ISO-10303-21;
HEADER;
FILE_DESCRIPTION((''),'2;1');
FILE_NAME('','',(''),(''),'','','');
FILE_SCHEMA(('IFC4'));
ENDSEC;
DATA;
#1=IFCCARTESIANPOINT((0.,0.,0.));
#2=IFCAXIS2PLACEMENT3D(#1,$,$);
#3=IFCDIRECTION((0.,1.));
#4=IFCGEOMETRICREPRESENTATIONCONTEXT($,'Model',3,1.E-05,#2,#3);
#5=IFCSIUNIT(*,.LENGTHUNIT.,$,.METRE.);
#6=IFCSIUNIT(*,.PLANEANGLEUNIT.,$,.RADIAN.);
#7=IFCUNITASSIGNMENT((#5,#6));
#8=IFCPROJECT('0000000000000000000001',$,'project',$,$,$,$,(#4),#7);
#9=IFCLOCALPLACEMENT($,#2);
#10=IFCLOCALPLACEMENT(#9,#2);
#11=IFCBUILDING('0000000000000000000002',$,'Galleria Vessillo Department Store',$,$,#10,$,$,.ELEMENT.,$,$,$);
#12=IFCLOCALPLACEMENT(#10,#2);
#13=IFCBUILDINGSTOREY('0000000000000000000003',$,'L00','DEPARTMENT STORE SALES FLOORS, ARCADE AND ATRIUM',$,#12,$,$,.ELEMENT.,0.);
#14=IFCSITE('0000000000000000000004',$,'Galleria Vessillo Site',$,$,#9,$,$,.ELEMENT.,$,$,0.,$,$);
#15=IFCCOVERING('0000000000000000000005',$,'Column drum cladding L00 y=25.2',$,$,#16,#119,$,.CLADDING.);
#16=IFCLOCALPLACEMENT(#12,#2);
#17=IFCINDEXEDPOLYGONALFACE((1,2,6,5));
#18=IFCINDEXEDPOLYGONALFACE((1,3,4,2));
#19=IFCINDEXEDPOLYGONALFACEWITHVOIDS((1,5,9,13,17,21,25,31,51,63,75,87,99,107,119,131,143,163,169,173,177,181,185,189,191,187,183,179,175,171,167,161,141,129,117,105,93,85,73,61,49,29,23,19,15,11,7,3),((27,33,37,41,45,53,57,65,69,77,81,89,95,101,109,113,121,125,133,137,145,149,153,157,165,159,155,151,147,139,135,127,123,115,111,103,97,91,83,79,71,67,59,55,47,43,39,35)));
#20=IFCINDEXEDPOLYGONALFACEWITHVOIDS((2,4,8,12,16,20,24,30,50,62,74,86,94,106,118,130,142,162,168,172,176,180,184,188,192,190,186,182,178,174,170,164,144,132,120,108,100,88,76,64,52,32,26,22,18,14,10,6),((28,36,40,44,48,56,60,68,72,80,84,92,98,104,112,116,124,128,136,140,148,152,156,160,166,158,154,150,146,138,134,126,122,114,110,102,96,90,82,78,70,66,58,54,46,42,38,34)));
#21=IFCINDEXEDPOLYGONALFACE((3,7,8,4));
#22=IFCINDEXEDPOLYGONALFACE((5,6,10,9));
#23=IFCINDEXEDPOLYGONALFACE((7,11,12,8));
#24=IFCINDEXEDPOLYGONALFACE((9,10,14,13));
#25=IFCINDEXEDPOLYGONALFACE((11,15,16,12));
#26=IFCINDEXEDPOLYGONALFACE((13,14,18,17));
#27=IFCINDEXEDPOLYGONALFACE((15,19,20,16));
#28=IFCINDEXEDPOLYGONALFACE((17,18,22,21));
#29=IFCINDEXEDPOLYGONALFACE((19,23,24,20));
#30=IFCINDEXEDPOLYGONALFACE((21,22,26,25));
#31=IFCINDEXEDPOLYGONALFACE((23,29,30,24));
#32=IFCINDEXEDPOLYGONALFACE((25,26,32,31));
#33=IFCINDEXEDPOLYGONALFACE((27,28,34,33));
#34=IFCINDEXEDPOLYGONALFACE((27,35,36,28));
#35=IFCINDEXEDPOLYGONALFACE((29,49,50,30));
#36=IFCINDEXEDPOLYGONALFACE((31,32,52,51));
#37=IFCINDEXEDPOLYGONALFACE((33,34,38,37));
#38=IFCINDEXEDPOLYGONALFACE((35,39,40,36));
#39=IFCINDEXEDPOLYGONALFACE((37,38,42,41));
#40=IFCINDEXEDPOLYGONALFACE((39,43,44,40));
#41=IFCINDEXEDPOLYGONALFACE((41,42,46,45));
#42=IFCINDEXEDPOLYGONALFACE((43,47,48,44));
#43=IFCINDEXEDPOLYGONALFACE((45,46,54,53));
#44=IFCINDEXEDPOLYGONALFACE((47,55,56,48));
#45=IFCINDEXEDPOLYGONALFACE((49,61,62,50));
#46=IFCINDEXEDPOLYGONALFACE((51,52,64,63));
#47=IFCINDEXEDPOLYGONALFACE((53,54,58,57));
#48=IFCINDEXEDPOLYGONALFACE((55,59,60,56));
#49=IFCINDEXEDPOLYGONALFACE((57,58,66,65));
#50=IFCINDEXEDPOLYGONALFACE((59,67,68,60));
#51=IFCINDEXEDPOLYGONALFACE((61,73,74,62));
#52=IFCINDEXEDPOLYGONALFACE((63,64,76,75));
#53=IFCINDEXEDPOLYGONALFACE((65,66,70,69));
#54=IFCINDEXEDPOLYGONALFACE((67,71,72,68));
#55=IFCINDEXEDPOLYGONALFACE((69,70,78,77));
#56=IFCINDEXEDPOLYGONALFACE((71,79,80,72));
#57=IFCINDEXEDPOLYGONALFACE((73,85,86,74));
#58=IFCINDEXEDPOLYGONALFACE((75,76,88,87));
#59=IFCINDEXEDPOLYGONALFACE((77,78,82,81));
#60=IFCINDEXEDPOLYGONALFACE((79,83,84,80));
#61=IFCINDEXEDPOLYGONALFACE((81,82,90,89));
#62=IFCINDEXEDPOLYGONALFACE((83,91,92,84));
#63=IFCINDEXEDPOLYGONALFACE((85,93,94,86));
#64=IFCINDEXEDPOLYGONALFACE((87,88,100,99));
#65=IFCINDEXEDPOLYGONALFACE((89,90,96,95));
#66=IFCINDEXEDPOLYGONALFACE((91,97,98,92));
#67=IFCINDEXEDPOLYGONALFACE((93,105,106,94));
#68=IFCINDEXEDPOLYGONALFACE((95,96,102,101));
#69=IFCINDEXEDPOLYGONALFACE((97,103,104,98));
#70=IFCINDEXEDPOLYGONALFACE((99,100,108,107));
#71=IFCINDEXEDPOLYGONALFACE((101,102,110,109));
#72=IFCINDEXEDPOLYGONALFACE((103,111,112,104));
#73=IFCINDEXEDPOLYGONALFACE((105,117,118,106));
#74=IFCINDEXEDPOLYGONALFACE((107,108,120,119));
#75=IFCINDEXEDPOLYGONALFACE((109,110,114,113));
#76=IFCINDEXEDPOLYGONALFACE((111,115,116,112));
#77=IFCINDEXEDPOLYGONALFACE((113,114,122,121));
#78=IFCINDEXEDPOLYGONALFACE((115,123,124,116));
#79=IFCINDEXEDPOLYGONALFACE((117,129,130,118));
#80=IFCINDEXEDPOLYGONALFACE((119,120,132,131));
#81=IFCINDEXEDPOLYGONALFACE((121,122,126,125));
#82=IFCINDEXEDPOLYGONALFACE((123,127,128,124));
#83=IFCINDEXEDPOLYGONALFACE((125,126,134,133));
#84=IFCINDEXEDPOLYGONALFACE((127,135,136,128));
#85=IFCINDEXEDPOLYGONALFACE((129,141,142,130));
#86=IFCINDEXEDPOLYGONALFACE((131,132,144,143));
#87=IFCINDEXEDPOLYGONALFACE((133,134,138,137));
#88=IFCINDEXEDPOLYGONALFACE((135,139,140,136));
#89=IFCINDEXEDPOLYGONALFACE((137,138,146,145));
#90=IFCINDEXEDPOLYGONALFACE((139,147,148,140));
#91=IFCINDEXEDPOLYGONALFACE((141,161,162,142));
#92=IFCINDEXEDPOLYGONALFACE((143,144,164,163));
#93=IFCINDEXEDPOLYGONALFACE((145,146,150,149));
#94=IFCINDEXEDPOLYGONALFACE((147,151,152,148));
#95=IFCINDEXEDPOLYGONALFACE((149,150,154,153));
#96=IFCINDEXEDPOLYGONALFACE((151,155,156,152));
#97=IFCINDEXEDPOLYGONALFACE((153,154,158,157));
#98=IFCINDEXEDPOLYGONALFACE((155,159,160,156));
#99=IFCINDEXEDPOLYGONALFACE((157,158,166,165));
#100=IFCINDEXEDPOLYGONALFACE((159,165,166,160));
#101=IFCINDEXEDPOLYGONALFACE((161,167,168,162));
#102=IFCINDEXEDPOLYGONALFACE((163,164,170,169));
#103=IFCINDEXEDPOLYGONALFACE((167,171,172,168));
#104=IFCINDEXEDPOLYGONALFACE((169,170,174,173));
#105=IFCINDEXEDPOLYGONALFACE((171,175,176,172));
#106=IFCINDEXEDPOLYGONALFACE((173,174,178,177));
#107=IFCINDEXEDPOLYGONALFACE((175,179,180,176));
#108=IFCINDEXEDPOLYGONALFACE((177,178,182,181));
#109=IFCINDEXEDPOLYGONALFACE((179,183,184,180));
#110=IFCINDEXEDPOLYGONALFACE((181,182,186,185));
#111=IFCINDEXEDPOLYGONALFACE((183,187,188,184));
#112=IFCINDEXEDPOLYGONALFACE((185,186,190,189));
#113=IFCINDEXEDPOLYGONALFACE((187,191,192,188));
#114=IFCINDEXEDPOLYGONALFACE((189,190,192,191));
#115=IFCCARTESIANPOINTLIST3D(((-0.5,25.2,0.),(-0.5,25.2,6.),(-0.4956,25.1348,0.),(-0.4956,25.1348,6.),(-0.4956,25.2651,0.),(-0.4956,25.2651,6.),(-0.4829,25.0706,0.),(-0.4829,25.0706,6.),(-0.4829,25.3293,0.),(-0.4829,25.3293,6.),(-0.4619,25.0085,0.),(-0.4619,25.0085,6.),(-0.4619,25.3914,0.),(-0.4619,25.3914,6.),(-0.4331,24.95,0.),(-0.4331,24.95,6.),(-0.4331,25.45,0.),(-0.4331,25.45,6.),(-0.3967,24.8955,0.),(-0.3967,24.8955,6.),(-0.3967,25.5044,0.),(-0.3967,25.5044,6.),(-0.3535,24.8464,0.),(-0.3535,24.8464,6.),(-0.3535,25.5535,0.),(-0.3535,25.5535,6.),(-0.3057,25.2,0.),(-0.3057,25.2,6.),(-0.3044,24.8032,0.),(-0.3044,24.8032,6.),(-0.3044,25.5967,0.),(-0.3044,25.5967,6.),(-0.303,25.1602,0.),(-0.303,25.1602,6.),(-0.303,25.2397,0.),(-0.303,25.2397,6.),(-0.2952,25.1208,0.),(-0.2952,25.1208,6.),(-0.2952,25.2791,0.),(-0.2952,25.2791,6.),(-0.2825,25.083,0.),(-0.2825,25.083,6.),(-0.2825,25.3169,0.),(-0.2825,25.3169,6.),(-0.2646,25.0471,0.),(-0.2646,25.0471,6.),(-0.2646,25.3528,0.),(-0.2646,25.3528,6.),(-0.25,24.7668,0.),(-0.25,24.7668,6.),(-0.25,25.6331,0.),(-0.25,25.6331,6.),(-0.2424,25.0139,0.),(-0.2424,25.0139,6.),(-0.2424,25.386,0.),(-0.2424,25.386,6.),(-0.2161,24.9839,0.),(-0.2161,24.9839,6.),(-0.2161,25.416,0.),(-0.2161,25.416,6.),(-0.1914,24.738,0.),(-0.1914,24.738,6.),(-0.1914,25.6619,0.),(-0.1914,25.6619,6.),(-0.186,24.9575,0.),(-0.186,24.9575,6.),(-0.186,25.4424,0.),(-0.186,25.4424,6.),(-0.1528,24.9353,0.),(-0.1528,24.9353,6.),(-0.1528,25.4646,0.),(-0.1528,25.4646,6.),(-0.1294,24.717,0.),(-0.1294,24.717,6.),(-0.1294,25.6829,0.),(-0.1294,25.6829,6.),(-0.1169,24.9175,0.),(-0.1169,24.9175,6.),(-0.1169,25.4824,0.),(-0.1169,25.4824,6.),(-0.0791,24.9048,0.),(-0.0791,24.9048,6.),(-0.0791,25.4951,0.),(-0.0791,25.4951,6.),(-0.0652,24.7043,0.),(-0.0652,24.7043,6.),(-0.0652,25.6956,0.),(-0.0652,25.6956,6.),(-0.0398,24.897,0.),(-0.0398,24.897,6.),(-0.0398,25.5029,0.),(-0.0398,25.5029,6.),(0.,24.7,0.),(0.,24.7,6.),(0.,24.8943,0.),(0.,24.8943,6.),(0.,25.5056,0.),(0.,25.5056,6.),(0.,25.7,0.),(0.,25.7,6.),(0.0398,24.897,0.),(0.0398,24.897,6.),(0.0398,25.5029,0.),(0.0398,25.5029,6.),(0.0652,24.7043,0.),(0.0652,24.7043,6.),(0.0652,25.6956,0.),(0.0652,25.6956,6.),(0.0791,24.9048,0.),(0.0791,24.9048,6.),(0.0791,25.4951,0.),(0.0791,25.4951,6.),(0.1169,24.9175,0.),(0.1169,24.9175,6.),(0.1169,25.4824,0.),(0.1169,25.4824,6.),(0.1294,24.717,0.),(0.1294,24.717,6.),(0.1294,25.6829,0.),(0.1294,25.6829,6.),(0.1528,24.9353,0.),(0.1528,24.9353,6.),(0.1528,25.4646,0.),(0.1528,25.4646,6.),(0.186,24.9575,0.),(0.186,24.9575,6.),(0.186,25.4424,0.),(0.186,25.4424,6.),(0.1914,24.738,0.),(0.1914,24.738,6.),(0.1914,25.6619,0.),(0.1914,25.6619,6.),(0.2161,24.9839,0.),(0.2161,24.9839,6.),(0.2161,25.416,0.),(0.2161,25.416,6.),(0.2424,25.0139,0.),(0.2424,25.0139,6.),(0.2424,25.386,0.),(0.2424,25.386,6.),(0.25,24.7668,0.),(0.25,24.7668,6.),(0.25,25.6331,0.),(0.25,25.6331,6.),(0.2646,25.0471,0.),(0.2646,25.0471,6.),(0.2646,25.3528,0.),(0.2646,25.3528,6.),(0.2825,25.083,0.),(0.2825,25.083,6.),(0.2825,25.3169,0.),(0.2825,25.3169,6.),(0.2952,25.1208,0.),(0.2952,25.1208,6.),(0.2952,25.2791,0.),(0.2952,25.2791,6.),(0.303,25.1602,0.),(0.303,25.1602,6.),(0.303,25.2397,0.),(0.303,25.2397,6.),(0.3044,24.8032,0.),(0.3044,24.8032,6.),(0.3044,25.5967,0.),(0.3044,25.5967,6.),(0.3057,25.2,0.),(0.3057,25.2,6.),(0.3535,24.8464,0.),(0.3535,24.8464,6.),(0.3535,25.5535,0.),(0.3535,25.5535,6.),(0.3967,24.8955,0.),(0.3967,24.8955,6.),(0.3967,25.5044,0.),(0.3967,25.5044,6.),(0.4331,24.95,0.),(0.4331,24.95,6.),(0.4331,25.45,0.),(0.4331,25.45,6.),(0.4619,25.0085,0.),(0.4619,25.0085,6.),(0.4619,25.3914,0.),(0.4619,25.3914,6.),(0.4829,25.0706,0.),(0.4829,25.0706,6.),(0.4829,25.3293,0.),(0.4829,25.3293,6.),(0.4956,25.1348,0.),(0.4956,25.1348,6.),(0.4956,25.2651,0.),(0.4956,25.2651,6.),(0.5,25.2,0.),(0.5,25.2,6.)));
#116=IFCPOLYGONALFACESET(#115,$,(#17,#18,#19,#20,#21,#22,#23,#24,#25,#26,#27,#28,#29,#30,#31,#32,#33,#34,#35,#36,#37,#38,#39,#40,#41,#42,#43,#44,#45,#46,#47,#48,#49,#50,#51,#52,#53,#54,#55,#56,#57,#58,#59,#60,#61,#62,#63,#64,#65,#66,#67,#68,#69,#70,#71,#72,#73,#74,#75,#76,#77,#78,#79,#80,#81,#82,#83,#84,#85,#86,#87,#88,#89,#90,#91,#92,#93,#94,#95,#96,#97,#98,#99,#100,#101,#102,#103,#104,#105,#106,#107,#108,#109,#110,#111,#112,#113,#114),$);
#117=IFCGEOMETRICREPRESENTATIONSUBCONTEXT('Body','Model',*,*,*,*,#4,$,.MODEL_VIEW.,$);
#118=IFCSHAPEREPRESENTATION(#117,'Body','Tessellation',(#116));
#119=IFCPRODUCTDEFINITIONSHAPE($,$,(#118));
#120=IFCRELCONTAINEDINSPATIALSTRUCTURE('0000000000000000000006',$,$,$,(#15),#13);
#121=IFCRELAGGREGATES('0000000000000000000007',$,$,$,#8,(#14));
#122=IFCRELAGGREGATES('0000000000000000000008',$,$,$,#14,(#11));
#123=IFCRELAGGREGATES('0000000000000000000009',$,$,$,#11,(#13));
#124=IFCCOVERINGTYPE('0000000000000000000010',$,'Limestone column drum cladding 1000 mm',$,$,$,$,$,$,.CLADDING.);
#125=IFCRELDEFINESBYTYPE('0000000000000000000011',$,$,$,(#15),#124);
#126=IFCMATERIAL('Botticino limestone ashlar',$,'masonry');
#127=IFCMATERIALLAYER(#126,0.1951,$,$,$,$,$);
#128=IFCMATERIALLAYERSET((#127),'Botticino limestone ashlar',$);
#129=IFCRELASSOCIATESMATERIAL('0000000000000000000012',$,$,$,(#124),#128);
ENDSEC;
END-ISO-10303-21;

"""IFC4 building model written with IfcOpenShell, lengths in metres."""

from ifc_helpers import new_model, si_unit, direction, origin, place, context, subcontext, project, spatial, polyline, outline, extrude, material, layer, layer_set, type_object, element, save


model = new_model("IFC4")

# Units and contexts
model_context = context("Model", 3, precision=1e-05, world=origin(), true_north=direction((0.0, 1.0)))
body_context = subcontext(model_context, "Body", "Model", "MODEL_VIEW")
ifc_project = project(units=[si_unit("LENGTHUNIT", "METRE"), si_unit("PLANEANGLEUNIT", "RADIAN")], contexts=[model_context])

# Site, building, storey
site_placement = place(None, origin())
site = spatial("IfcSite", under=ifc_project, at=site_placement, Name="Galleria Vessillo Site", CompositionType="ELEMENT", RefElevation=0.0)
building_placement = place(site_placement, origin())
building = spatial("IfcBuilding", under=site, at=building_placement, Name="Galleria Vessillo Department Store", CompositionType="ELEMENT")
storey_placement = place(building_placement, origin())
storey = spatial("IfcBuildingStorey", under=building, at=storey_placement, Name="L00", Description="DEPARTMENT STORE SALES FLOORS, ARCADE AND ATRIUM", CompositionType="ELEMENT", Elevation=0.0)

# Covering
ifc_material_1 = material(Name="Botticino limestone ashlar", Category="masonry")
ifc_layer_1 = layer(ifc_material_1, 0.1951)
ifc_layer_set_1 = layer_set([ifc_layer_1], Name="Botticino limestone ashlar")
covering_type = type_object("IfcCoveringType", Name="Limestone column drum cladding 1000 mm", PredefinedType="CLADDING", material=ifc_layer_set_1)
covering_1_placement = place(storey_placement, origin())
element("IfcCovering", 1, at=covering_1_placement, inside=storey, type_object=covering_type, Name="Column drum cladding L00 y=25.2", PredefinedType="CLADDING", context=body_context, shape_type="SweptSolid", body=[
    extrude(outline(polyline([(0.5, 25.2), (0.4956, 25.2651), (0.4829, 25.3293), (0.4619, 25.3914), (0.4331, 25.45), (0.3967, 25.5044), (0.3535, 25.5535), (0.3044, 25.5967), (0.25, 25.6331), (0.1914, 25.6619), (0.1294, 25.6829), (0.0652, 25.6956), (0.0, 25.7), (-0.0652, 25.6956), (-0.1294, 25.6829), (-0.1914, 25.6619), (-0.25, 25.6331), (-0.3044, 25.5967), (-0.3535, 25.5535), (-0.3967, 25.5044), (-0.4331, 25.45), (-0.4619, 25.3914), (-0.4829, 25.3293), (-0.4956, 25.2651), (-0.5, 25.2), (-0.4956, 25.1348), (-0.4829, 25.0706), (-0.4619, 25.0085), (-0.4331, 24.95), (-0.3967, 24.8955), (-0.3535, 24.8464), (-0.3044, 24.8032), (-0.25, 24.7668), (-0.1914, 24.738), (-0.1294, 24.717), (-0.0652, 24.7043), (0.0, 24.7), (0.0652, 24.7043), (0.1294, 24.717), (0.1914, 24.738), (0.25, 24.7668), (0.3044, 24.8032), (0.3535, 24.8464), (0.3967, 24.8955), (0.4331, 24.95), (0.4619, 25.0085), (0.4829, 25.0706), (0.4956, 25.1348), (0.5, 25.2)]), holes=[polyline([(0.3057, 25.2), (0.303, 25.2397), (0.2952, 25.2791), (0.2825, 25.3169), (0.2646, 25.3528), (0.2424, 25.386), (0.2161, 25.416), (0.186, 25.4424), (0.1528, 25.4646), (0.1169, 25.4824), (0.0791, 25.4951), (0.0398, 25.5029), (0.0, 25.5056), (-0.0398, 25.5029), (-0.0791, 25.4951), (-0.1169, 25.4824), (-0.1528, 25.4646), (-0.186, 25.4424), (-0.2161, 25.416), (-0.2424, 25.386), (-0.2646, 25.3528), (-0.2825, 25.3169), (-0.2952, 25.2791), (-0.303, 25.2397), (-0.3057, 25.2), (-0.303, 25.1602), (-0.2952, 25.1208), (-0.2825, 25.083), (-0.2646, 25.0471), (-0.2424, 25.0139), (-0.2161, 24.9839), (-0.186, 24.9575), (-0.1528, 24.9353), (-0.1169, 24.9175), (-0.0791, 24.9048), (-0.0398, 24.897), (0.0, 24.8943), (0.0398, 24.897), (0.0791, 24.9048), (0.1169, 24.9175), (0.1528, 24.9353), (0.186, 24.9575), (0.2161, 24.9839), (0.2424, 25.0139), (0.2646, 25.0471), (0.2825, 25.083), (0.2952, 25.1208), (0.303, 25.1602), (0.3057, 25.2)])]), origin(), (0.0, 0.0, 1.0), 6.0),
])

save(model, "model.ifc")
